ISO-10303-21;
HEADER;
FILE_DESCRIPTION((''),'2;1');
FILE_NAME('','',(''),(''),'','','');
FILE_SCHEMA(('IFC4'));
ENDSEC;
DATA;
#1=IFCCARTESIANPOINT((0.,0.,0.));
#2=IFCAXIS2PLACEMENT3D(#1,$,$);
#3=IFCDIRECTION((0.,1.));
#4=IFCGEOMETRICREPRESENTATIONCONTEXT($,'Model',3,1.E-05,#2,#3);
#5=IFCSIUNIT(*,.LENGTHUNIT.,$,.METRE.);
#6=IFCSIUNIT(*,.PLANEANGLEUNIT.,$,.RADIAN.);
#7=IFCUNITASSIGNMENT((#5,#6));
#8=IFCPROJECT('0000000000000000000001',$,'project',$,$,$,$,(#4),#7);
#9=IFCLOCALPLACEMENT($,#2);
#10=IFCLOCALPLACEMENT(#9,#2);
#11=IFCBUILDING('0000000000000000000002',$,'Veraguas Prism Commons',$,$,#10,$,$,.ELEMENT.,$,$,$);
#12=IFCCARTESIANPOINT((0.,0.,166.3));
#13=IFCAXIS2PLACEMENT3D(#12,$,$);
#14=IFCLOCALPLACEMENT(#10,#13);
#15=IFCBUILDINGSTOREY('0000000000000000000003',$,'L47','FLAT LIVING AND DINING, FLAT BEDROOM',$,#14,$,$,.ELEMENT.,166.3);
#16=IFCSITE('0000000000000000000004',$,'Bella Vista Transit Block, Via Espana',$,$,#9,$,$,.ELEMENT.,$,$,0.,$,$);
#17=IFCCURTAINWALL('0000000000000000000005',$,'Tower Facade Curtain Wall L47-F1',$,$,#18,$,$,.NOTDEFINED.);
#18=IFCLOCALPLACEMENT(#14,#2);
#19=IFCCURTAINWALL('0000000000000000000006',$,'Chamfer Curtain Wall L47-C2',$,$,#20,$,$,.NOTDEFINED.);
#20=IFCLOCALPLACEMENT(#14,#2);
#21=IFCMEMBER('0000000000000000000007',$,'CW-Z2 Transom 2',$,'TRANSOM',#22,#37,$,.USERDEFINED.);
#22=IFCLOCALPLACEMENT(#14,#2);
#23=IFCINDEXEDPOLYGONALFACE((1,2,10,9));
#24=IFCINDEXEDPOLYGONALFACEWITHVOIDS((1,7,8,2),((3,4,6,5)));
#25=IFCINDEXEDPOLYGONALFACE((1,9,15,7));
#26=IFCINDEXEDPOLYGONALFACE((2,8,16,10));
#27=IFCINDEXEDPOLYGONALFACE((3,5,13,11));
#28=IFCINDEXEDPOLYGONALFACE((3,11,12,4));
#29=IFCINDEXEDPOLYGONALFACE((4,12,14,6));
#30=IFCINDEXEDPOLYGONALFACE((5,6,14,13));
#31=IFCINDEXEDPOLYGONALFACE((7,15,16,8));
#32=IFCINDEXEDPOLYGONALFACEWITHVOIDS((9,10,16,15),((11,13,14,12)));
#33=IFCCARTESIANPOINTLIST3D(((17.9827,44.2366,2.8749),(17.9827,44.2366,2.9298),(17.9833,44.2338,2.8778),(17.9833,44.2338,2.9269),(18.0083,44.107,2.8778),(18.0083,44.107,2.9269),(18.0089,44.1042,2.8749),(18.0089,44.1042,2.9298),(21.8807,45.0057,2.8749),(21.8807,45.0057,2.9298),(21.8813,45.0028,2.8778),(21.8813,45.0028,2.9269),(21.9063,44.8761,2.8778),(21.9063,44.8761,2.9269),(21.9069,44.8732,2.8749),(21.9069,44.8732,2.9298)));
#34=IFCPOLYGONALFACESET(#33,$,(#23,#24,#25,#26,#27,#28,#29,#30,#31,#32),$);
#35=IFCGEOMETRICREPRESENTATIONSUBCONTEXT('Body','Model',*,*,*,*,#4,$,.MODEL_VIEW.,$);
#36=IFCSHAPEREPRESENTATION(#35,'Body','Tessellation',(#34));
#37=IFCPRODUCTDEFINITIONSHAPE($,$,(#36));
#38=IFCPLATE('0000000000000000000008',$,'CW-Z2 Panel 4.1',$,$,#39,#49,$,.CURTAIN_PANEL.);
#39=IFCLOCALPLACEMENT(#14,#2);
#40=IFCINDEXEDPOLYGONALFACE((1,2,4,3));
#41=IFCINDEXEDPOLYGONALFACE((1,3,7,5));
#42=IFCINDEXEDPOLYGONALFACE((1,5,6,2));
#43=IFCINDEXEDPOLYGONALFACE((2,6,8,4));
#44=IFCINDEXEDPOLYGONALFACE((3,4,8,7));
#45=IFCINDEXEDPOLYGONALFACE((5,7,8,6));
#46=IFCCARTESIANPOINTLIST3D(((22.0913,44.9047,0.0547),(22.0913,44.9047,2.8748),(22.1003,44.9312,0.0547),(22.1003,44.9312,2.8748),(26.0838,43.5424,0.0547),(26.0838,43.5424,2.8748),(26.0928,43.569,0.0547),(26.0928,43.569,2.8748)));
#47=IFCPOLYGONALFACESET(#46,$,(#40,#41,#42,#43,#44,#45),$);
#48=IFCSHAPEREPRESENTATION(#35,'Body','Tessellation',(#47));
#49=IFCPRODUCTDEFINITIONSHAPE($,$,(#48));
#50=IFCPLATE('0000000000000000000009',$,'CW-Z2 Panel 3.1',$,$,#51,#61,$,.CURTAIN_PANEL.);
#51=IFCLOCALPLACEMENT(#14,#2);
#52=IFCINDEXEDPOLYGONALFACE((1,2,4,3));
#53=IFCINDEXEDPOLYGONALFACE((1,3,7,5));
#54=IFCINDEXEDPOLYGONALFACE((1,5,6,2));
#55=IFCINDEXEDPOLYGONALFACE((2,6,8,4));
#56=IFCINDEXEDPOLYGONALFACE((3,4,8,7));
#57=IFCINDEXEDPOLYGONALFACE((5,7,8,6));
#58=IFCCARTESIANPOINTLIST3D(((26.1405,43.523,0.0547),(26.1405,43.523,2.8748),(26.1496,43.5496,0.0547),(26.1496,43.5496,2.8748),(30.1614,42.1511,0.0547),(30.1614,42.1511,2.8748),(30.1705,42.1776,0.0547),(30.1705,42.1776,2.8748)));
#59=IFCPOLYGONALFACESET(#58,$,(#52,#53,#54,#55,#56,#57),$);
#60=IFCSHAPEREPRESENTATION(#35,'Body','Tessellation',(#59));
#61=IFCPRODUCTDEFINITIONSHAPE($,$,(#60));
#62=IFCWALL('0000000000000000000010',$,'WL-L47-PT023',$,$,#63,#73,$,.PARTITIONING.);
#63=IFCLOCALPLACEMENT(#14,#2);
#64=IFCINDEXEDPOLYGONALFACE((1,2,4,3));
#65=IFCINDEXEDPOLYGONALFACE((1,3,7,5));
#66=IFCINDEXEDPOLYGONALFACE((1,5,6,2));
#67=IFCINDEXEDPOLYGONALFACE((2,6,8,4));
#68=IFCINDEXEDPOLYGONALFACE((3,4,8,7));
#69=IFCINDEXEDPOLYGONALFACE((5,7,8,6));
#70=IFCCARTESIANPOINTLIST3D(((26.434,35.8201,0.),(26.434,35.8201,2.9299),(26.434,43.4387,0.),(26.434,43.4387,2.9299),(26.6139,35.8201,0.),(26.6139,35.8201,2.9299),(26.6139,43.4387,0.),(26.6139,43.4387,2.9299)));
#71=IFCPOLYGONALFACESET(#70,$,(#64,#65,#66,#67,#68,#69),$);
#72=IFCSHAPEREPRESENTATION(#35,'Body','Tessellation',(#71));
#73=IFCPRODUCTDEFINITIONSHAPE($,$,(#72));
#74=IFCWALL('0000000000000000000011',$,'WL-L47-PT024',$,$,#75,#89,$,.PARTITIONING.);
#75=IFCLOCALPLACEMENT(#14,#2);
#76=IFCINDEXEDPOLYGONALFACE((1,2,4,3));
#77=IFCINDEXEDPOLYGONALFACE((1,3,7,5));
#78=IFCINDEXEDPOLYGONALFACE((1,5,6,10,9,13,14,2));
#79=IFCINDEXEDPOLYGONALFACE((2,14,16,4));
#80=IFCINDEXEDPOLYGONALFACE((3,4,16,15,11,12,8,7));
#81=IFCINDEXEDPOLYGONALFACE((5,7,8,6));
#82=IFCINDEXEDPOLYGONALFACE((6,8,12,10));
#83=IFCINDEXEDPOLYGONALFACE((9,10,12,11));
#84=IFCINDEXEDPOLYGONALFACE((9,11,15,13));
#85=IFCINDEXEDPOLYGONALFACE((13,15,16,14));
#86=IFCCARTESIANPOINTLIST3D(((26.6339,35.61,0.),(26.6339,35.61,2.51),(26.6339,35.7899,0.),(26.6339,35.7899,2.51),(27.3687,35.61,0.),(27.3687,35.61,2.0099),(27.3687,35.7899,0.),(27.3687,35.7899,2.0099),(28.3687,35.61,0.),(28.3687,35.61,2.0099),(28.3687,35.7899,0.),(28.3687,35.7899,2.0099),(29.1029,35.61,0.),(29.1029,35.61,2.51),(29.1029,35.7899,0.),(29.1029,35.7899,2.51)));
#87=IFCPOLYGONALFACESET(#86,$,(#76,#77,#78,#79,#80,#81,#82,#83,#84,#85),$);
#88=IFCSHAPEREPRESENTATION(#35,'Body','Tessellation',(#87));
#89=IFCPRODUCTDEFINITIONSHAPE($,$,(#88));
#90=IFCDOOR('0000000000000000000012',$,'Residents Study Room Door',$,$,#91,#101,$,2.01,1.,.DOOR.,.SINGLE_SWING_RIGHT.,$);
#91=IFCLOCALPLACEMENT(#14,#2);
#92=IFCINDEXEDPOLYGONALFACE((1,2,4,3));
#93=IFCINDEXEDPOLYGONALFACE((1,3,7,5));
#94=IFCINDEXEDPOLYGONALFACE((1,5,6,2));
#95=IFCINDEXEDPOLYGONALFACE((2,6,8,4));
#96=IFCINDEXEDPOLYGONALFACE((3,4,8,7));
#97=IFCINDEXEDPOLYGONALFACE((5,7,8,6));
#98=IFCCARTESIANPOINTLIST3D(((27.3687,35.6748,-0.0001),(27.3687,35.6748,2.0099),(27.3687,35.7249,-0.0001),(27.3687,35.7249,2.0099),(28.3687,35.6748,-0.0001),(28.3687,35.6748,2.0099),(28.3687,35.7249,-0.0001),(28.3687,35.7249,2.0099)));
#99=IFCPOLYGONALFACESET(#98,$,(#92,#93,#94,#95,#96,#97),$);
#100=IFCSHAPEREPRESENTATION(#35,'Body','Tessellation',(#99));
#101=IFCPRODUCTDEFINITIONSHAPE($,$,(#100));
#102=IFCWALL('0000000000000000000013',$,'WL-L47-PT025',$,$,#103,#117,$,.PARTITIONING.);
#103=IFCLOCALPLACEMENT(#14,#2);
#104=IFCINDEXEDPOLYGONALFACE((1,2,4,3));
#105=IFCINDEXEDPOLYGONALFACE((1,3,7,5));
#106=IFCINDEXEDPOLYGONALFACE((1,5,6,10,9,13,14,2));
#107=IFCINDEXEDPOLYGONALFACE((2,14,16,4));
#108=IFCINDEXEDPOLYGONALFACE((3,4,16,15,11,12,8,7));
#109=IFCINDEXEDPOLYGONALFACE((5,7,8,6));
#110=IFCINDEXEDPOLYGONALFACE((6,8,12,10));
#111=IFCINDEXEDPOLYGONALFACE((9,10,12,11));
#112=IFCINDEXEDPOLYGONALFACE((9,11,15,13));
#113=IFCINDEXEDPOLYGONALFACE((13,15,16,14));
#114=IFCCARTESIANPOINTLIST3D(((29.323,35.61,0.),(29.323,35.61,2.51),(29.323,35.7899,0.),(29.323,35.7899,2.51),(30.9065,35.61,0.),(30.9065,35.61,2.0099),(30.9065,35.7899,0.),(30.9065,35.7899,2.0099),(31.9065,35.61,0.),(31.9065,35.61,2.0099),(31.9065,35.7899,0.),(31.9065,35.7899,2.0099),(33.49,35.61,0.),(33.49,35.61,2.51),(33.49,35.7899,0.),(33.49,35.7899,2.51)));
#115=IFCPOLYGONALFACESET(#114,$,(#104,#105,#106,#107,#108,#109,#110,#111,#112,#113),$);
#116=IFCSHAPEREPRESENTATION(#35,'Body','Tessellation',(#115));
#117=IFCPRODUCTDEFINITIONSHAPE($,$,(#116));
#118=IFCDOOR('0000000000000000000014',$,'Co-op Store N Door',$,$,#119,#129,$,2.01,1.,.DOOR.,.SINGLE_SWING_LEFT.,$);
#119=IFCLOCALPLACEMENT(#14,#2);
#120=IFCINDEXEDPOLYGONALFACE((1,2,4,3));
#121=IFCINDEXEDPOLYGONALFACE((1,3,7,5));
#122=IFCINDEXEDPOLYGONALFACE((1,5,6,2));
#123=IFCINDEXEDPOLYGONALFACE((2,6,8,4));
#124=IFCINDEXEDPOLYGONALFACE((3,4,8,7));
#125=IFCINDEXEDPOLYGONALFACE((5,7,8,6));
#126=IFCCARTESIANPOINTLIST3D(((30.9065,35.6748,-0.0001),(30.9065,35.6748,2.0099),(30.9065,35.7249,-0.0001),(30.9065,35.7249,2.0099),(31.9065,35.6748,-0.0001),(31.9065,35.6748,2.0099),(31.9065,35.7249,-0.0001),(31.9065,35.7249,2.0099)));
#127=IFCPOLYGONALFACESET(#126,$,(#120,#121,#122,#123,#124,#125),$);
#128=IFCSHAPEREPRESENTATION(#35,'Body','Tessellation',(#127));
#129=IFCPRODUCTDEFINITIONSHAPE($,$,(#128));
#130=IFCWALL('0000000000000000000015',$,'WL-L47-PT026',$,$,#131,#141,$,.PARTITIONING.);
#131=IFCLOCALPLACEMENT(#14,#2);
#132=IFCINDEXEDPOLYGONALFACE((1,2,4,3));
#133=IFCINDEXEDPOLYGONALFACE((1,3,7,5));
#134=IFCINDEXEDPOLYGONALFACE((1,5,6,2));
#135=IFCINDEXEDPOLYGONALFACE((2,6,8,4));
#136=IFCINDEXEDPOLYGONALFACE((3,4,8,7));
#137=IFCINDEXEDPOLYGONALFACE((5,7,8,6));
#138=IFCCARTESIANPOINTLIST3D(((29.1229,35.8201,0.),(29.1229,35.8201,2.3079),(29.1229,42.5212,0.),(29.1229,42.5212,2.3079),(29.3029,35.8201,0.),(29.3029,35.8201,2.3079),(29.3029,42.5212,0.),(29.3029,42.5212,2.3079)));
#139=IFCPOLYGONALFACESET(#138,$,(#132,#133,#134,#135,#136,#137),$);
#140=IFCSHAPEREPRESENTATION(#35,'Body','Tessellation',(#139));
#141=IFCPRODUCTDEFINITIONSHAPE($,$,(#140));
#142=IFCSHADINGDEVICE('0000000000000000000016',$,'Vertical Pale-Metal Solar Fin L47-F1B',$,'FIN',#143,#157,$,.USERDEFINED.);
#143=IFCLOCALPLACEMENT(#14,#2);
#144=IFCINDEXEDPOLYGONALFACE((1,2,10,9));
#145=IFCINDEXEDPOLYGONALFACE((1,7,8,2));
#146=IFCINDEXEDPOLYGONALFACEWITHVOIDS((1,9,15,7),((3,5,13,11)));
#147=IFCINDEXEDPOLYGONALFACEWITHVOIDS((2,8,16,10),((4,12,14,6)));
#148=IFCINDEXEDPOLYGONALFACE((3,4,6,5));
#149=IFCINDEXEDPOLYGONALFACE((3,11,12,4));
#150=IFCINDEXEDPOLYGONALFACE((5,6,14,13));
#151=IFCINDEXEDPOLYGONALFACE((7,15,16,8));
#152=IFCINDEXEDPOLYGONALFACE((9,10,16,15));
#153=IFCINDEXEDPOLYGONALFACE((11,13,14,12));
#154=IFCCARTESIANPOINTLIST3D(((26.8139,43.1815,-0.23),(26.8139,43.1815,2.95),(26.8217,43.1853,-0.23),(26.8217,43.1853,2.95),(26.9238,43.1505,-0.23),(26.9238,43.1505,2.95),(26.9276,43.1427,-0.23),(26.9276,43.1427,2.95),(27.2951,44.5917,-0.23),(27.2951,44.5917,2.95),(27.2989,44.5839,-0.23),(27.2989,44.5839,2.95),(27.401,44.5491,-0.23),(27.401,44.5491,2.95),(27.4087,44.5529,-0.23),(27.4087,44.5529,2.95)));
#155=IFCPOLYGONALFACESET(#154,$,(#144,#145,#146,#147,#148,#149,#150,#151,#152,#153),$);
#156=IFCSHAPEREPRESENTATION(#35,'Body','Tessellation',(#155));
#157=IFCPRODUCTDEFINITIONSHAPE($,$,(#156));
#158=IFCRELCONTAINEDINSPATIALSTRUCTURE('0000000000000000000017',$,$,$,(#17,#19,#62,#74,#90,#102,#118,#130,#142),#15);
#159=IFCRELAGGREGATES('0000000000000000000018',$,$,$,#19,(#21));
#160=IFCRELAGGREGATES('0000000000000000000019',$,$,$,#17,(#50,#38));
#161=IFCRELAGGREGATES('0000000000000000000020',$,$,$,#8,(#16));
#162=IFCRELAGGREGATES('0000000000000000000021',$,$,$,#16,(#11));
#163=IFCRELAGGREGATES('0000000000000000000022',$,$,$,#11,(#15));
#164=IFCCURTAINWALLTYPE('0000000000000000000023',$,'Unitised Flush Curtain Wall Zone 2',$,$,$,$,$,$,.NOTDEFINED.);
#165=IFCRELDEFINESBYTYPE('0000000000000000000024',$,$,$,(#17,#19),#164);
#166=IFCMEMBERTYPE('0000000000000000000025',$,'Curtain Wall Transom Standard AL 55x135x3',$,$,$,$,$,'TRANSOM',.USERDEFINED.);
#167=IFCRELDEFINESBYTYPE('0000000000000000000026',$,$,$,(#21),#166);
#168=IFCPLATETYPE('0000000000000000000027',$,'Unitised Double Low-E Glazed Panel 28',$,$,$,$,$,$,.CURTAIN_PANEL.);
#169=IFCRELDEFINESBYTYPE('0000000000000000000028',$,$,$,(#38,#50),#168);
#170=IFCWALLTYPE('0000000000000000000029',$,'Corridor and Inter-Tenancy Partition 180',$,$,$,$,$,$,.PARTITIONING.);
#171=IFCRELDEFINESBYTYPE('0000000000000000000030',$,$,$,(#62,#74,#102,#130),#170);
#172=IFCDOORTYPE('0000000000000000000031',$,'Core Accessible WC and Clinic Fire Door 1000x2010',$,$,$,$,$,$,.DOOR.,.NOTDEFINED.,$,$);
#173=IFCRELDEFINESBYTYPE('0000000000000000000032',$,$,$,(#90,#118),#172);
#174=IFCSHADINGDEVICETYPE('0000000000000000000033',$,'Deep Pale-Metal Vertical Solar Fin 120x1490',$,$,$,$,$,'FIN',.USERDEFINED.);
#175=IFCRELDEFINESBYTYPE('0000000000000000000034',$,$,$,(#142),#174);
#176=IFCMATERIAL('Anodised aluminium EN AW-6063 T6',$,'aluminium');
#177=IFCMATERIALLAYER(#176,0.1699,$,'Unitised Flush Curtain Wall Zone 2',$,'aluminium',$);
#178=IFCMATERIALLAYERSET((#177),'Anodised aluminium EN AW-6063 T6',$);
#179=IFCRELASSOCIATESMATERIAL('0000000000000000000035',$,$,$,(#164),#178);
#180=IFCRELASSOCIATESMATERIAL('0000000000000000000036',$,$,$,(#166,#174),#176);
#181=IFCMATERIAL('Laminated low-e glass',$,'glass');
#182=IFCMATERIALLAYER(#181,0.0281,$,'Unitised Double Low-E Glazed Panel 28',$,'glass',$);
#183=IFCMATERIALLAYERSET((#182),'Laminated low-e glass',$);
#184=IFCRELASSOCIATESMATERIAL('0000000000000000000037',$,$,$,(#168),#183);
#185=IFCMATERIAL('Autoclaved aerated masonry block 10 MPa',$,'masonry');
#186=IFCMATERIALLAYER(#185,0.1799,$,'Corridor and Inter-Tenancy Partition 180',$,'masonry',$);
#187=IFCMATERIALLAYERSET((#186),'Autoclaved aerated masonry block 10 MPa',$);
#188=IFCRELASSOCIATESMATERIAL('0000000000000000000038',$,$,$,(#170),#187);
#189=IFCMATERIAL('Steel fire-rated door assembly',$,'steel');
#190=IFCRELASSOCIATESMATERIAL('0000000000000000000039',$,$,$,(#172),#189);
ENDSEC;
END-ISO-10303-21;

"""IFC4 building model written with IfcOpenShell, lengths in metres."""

from ifc_helpers import new_model, si_unit, direction, frame, frame_2d, origin, origin_2d, place, context, subcontext, project, spatial, rectangle, hollow_rectangle, extrude, source, transform, mapped, material, layer, layer_set, material_profile, profile_set, type_object, element, fill, aggregate, save


model = new_model("IFC4")

# Units and contexts
model_context = context("Model", 3, precision=1e-05, world=origin(), true_north=direction((0.0, 1.0)))
body_context = subcontext(model_context, "Body", "Model", "MODEL_VIEW")
ifc_project = project(units=[si_unit("LENGTHUNIT", "METRE"), si_unit("PLANEANGLEUNIT", "RADIAN")], contexts=[model_context])

# Site, building, storey
site_placement = place(None, origin())
site = spatial("IfcSite", under=ifc_project, at=site_placement, Name="Bella Vista Transit Block, Via Espana", CompositionType="ELEMENT", RefElevation=0.0)
building_placement = place(site_placement, origin())
building = spatial("IfcBuilding", under=site, at=building_placement, Name="Veraguas Prism Commons", CompositionType="ELEMENT")
storey_placement = place(building_placement, frame((0.0, 0.0, 166.3)))
storey = spatial("IfcBuildingStorey", under=building, at=storey_placement, Name="L47", Description="FLAT LIVING AND DINING, FLAT BEDROOM", CompositionType="ELEMENT", Elevation=166.3)

# Curtain wall
ifc_material_1 = material(Name="Anodised aluminium EN AW-6063 T6", Category="aluminium")
ifc_layer_1 = layer(ifc_material_1, 0.1699, Name="Unitised Flush Curtain Wall Zone 2", Category="aluminium")
ifc_layer_set_1 = layer_set([ifc_layer_1], Name="Anodised aluminium EN AW-6063 T6")
curtain_wall_type = type_object("IfcCurtainWallType", Name="Unitised Flush Curtain Wall Zone 2", PredefinedType="NOTDEFINED", material=ifc_layer_set_1)
curtain_wall_1_placement = place(storey_placement, origin())
curtain_wall_1 = element("IfcCurtainWall", 1, at=curtain_wall_1_placement, inside=storey, type_object=curtain_wall_type, Name="Tower Facade Curtain Wall L47-F1", PredefinedType="NOTDEFINED")

# Curtain wall, member
curtain_wall_2_placement = place(storey_placement, origin())
curtain_wall_2 = element("IfcCurtainWall", 2, at=curtain_wall_2_placement, inside=storey, type_object=curtain_wall_type, Name="Chamfer Curtain Wall L47-C2", PredefinedType="NOTDEFINED")
ifc_material_profile_1 = material_profile(ifc_material_1, hollow_rectangle(XDim=0.0549, YDim=0.135, WallThickness=0.0029, at=origin_2d()), Name="AL55X135X3")
ifc_profile_set_1 = profile_set([ifc_material_profile_1], Name="Anodised aluminium EN AW-6063 T6")
member_type_1 = type_object("IfcMemberType", Name="Curtain Wall Transom Standard AL 55x135x3", ElementType="TRANSOM", PredefinedType="USERDEFINED", material=ifc_profile_set_1)
shared_shape_1 = source(origin(), body_context, "Body", "SweptSolid", [
    extrude(hollow_rectangle(XDim=0.0549, YDim=0.135, WallThickness=0.0029, at=origin_2d()), origin(), (0.0, 0.0, 1.0), 3.9731),
])
member_1_placement = place(storey_placement, frame((21.8938, 44.9395, 2.9023), z_axis=(-0.981088, -0.193563, 0.0), x_axis=(0.0, 0.0, 1.0)))
member_1 = element("IfcMember", 3, at=member_1_placement, type_object=member_type_1, Name="CW-Z2 Transom 2", ObjectType="TRANSOM", PredefinedType="USERDEFINED", context=body_context, shape_type="MappedRepresentation", body=[
    mapped(shared_shape_1, transform((0.0, 0.0, 0.0), scale=1.0)),
])
aggregate(curtain_wall_2, [member_1])

# Plates
ifc_material_2 = material(Name="Laminated low-e glass", Category="glass")
ifc_layer_2 = layer(ifc_material_2, 0.0281, Name="Unitised Double Low-E Glazed Panel 28", Category="glass")
ifc_layer_set_2 = layer_set([ifc_layer_2], Name="Laminated low-e glass")
plate_type = type_object("IfcPlateType", Name="Unitised Double Low-E Glazed Panel 28", PredefinedType="CURTAIN_PANEL", material=ifc_layer_set_2)
shared_shape_2 = source(origin(), body_context, "Body", "SweptSolid", [
    extrude(rectangle(XDim=4.2185, YDim=0.0281, at=origin_2d()), origin(), (0.0, 0.0, 1.0), 2.8201),
])
plate_1_placement = place(storey_placement, frame((24.092, 44.2368, 0.0547), z_axis=(0.0, 0.0, 1.0), x_axis=(-0.946425, 0.322925, 0.0)))
plate_1 = element("IfcPlate", 4, at=plate_1_placement, type_object=plate_type, Name="CW-Z2 Panel 4.1", PredefinedType="CURTAIN_PANEL", context=body_context, shape_type="MappedRepresentation", body=[
    mapped(shared_shape_2, transform((0.0, 0.0, 0.0), scale=1.0)),
])
shared_shape_3 = source(origin(), body_context, "Body", "SweptSolid", [
    extrude(rectangle(XDim=4.2485, YDim=0.0281, at=origin_2d()), origin(), (0.0, 0.0, 1.0), 2.8201),
])
plate_2_placement = place(storey_placement, frame((28.1555, 42.8503, 0.0547), z_axis=(0.0, 0.0, 1.0), x_axis=(-0.946425, 0.322925, 0.0)))
plate_2 = element("IfcPlate", 5, at=plate_2_placement, type_object=plate_type, Name="CW-Z2 Panel 3.1", PredefinedType="CURTAIN_PANEL", context=body_context, shape_type="MappedRepresentation", body=[
    mapped(shared_shape_3, transform((0.0, 0.0, 0.0), scale=1.0)),
])
aggregate(curtain_wall_1, [plate_2, plate_1])

# Wall
ifc_material_3 = material(Name="Autoclaved aerated masonry block 10 MPa", Category="masonry")
ifc_layer_3 = layer(ifc_material_3, 0.1799, Name="Corridor and Inter-Tenancy Partition 180", Category="masonry")
ifc_layer_set_3 = layer_set([ifc_layer_3], Name="Autoclaved aerated masonry block 10 MPa")
wall_type = type_object("IfcWallType", Name="Corridor and Inter-Tenancy Partition 180", PredefinedType="PARTITIONING", material=ifc_layer_set_3)
wall_1_placement = place(storey_placement, frame((26.5239, 35.8201, 0.0), z_axis=(0.0, 0.0, 1.0), x_axis=(0.0, 1.0, 0.0)))
element("IfcWall", 6, at=wall_1_placement, inside=storey, type_object=wall_type, Name="WL-L47-PT023", PredefinedType="PARTITIONING", context=body_context, shape_type="SweptSolid", body=[
    extrude(rectangle(XDim=7.6187, YDim=0.1799, at=frame_2d((3.8093, 0.0))), origin(), (0.0, 0.0, 1.0), 2.9299),
])

# Walls, openings, doors
wall_2_placement = place(storey_placement, frame((26.634, 35.7, 0.0), z_axis=(0.0, 0.0, 1.0), x_axis=(1.0, 0.0, 0.0)))
wall_2 = element("IfcWall", 7, at=wall_2_placement, inside=storey, type_object=wall_type, Name="WL-L47-PT024", PredefinedType="PARTITIONING", context=body_context, shape_type="SweptSolid", body=[
    extrude(rectangle(XDim=2.469, YDim=0.1799, at=frame_2d((1.2344, 0.0))), origin(), (0.0, 0.0, 1.0), 2.51),
])
opening_1_placement = place(wall_2_placement, frame((0.7346, 0.0, 0.0)))
opening_1 = element("IfcOpeningElement", 8, at=opening_1_placement, cuts=wall_2, PredefinedType="OPENING", context=body_context, shape_type="SweptSolid", body=[
    extrude(rectangle(XDim=1.0, YDim=2.01, at=frame_2d((0.5, 1.0049))), frame((0.0, 0.0999, 0.0), z_axis=(0.0, -1.0, 0.0), x_axis=(1.0, 0.0, 0.0)), (0.0, 0.0, 1.0), 0.2),
])
ifc_material_4 = material(Name="Steel fire-rated door assembly", Category="steel")
door_type = type_object("IfcDoorType", Name="Core Accessible WC and Clinic Fire Door 1000x2010", OperationType="NOTDEFINED", PredefinedType="DOOR", material=ifc_material_4)
shared_shape_4 = source(origin(), body_context, "Body", "SweptSolid", [
    extrude(rectangle(XDim=1.0, YDim=2.01, at=frame_2d((0.5, 1.0049))), frame((0.0, 0.0249, 0.0), z_axis=(0.0, -1.0, 0.0), x_axis=(1.0, 0.0, 0.0)), (0.0, 0.0, 1.0), 0.05),
])
door_1_placement = place(opening_1_placement, origin())
door_1 = element("IfcDoor", 9, at=door_1_placement, inside=storey, type_object=door_type, Name="Residents Study Room Door", OperationType="SINGLE_SWING_RIGHT", OverallHeight=2.01, OverallWidth=1.0, PredefinedType="DOOR", context=body_context, shape_type="MappedRepresentation", body=[
    mapped(shared_shape_4, transform((0.0, 0.0, 0.0), scale=1.0)),
])
fill(opening_1, door_1)
wall_3_placement = place(storey_placement, frame((29.323, 35.7, 0.0), z_axis=(0.0, 0.0, 1.0), x_axis=(1.0, 0.0, 0.0)))
wall_3 = element("IfcWall", 10, at=wall_3_placement, inside=storey, type_object=wall_type, Name="WL-L47-PT025", PredefinedType="PARTITIONING", context=body_context, shape_type="SweptSolid", body=[
    extrude(rectangle(XDim=4.167, YDim=0.1799, at=frame_2d((2.0835, 0.0))), origin(), (0.0, 0.0, 1.0), 2.51),
])
opening_2_placement = place(wall_3_placement, frame((1.5835, 0.0, 0.0)))
opening_2 = element("IfcOpeningElement", 11, at=opening_2_placement, cuts=wall_3, PredefinedType="OPENING", context=body_context, shape_type="SweptSolid", body=[
    extrude(rectangle(XDim=1.0, YDim=2.01, at=frame_2d((0.5, 1.0049))), frame((0.0, 0.0999, 0.0), z_axis=(0.0, -1.0, 0.0), x_axis=(1.0, 0.0, 0.0)), (0.0, 0.0, 1.0), 0.2),
])
door_2_placement = place(opening_2_placement, origin())
door_2 = element("IfcDoor", 12, at=door_2_placement, inside=storey, type_object=door_type, Name="Co-op Store N Door", OperationType="SINGLE_SWING_LEFT", OverallHeight=2.01, OverallWidth=1.0, PredefinedType="DOOR", context=body_context, shape_type="MappedRepresentation", body=[
    mapped(shared_shape_4, transform((0.0, 0.0, 0.0), scale=1.0)),
])
fill(opening_2, door_2)

# Wall
wall_4_placement = place(storey_placement, frame((29.2129, 35.8201, 0.0), z_axis=(0.0, 0.0, 1.0), x_axis=(0.0, 1.0, 0.0)))
element("IfcWall", 13, at=wall_4_placement, inside=storey, type_object=wall_type, Name="WL-L47-PT026", PredefinedType="PARTITIONING", context=body_context, shape_type="SweptSolid", body=[
    extrude(rectangle(XDim=6.7012, YDim=0.1799, at=frame_2d((3.3506, 0.0))), origin(), (0.0, 0.0, 1.0), 2.3079),
])

# Shading device
ifc_material_profile_2 = material_profile(ifc_material_1, hollow_rectangle(XDim=0.1201, YDim=1.49, WallThickness=0.0061, at=origin_2d()), Name="FIN120X1490X6")
ifc_profile_set_2 = profile_set([ifc_material_profile_2], Name="Anodised aluminium EN AW-6063 T6")
shading_device_type = type_object("IfcShadingDeviceType", Name="Deep Pale-Metal Vertical Solar Fin 120x1490", ElementType="FIN", PredefinedType="USERDEFINED", material=ifc_profile_set_2)
shading_device_placement = place(storey_placement, frame((27.1113, 43.8672, -0.23), z_axis=(0.0, 0.0, 1.0), x_axis=(-0.946424, 0.322927, 0.0)))
element("IfcShadingDevice", 14, at=shading_device_placement, inside=storey, type_object=shading_device_type, Name="Vertical Pale-Metal Solar Fin L47-F1B", ObjectType="FIN", PredefinedType="USERDEFINED", context=body_context, shape_type="SweptSolid", body=[
    extrude(hollow_rectangle(XDim=0.1201, YDim=1.49, WallThickness=0.0061, at=origin_2d()), origin(), (0.0, 0.0, 1.0), 3.1799),
])

save(model, "model.ifc")
